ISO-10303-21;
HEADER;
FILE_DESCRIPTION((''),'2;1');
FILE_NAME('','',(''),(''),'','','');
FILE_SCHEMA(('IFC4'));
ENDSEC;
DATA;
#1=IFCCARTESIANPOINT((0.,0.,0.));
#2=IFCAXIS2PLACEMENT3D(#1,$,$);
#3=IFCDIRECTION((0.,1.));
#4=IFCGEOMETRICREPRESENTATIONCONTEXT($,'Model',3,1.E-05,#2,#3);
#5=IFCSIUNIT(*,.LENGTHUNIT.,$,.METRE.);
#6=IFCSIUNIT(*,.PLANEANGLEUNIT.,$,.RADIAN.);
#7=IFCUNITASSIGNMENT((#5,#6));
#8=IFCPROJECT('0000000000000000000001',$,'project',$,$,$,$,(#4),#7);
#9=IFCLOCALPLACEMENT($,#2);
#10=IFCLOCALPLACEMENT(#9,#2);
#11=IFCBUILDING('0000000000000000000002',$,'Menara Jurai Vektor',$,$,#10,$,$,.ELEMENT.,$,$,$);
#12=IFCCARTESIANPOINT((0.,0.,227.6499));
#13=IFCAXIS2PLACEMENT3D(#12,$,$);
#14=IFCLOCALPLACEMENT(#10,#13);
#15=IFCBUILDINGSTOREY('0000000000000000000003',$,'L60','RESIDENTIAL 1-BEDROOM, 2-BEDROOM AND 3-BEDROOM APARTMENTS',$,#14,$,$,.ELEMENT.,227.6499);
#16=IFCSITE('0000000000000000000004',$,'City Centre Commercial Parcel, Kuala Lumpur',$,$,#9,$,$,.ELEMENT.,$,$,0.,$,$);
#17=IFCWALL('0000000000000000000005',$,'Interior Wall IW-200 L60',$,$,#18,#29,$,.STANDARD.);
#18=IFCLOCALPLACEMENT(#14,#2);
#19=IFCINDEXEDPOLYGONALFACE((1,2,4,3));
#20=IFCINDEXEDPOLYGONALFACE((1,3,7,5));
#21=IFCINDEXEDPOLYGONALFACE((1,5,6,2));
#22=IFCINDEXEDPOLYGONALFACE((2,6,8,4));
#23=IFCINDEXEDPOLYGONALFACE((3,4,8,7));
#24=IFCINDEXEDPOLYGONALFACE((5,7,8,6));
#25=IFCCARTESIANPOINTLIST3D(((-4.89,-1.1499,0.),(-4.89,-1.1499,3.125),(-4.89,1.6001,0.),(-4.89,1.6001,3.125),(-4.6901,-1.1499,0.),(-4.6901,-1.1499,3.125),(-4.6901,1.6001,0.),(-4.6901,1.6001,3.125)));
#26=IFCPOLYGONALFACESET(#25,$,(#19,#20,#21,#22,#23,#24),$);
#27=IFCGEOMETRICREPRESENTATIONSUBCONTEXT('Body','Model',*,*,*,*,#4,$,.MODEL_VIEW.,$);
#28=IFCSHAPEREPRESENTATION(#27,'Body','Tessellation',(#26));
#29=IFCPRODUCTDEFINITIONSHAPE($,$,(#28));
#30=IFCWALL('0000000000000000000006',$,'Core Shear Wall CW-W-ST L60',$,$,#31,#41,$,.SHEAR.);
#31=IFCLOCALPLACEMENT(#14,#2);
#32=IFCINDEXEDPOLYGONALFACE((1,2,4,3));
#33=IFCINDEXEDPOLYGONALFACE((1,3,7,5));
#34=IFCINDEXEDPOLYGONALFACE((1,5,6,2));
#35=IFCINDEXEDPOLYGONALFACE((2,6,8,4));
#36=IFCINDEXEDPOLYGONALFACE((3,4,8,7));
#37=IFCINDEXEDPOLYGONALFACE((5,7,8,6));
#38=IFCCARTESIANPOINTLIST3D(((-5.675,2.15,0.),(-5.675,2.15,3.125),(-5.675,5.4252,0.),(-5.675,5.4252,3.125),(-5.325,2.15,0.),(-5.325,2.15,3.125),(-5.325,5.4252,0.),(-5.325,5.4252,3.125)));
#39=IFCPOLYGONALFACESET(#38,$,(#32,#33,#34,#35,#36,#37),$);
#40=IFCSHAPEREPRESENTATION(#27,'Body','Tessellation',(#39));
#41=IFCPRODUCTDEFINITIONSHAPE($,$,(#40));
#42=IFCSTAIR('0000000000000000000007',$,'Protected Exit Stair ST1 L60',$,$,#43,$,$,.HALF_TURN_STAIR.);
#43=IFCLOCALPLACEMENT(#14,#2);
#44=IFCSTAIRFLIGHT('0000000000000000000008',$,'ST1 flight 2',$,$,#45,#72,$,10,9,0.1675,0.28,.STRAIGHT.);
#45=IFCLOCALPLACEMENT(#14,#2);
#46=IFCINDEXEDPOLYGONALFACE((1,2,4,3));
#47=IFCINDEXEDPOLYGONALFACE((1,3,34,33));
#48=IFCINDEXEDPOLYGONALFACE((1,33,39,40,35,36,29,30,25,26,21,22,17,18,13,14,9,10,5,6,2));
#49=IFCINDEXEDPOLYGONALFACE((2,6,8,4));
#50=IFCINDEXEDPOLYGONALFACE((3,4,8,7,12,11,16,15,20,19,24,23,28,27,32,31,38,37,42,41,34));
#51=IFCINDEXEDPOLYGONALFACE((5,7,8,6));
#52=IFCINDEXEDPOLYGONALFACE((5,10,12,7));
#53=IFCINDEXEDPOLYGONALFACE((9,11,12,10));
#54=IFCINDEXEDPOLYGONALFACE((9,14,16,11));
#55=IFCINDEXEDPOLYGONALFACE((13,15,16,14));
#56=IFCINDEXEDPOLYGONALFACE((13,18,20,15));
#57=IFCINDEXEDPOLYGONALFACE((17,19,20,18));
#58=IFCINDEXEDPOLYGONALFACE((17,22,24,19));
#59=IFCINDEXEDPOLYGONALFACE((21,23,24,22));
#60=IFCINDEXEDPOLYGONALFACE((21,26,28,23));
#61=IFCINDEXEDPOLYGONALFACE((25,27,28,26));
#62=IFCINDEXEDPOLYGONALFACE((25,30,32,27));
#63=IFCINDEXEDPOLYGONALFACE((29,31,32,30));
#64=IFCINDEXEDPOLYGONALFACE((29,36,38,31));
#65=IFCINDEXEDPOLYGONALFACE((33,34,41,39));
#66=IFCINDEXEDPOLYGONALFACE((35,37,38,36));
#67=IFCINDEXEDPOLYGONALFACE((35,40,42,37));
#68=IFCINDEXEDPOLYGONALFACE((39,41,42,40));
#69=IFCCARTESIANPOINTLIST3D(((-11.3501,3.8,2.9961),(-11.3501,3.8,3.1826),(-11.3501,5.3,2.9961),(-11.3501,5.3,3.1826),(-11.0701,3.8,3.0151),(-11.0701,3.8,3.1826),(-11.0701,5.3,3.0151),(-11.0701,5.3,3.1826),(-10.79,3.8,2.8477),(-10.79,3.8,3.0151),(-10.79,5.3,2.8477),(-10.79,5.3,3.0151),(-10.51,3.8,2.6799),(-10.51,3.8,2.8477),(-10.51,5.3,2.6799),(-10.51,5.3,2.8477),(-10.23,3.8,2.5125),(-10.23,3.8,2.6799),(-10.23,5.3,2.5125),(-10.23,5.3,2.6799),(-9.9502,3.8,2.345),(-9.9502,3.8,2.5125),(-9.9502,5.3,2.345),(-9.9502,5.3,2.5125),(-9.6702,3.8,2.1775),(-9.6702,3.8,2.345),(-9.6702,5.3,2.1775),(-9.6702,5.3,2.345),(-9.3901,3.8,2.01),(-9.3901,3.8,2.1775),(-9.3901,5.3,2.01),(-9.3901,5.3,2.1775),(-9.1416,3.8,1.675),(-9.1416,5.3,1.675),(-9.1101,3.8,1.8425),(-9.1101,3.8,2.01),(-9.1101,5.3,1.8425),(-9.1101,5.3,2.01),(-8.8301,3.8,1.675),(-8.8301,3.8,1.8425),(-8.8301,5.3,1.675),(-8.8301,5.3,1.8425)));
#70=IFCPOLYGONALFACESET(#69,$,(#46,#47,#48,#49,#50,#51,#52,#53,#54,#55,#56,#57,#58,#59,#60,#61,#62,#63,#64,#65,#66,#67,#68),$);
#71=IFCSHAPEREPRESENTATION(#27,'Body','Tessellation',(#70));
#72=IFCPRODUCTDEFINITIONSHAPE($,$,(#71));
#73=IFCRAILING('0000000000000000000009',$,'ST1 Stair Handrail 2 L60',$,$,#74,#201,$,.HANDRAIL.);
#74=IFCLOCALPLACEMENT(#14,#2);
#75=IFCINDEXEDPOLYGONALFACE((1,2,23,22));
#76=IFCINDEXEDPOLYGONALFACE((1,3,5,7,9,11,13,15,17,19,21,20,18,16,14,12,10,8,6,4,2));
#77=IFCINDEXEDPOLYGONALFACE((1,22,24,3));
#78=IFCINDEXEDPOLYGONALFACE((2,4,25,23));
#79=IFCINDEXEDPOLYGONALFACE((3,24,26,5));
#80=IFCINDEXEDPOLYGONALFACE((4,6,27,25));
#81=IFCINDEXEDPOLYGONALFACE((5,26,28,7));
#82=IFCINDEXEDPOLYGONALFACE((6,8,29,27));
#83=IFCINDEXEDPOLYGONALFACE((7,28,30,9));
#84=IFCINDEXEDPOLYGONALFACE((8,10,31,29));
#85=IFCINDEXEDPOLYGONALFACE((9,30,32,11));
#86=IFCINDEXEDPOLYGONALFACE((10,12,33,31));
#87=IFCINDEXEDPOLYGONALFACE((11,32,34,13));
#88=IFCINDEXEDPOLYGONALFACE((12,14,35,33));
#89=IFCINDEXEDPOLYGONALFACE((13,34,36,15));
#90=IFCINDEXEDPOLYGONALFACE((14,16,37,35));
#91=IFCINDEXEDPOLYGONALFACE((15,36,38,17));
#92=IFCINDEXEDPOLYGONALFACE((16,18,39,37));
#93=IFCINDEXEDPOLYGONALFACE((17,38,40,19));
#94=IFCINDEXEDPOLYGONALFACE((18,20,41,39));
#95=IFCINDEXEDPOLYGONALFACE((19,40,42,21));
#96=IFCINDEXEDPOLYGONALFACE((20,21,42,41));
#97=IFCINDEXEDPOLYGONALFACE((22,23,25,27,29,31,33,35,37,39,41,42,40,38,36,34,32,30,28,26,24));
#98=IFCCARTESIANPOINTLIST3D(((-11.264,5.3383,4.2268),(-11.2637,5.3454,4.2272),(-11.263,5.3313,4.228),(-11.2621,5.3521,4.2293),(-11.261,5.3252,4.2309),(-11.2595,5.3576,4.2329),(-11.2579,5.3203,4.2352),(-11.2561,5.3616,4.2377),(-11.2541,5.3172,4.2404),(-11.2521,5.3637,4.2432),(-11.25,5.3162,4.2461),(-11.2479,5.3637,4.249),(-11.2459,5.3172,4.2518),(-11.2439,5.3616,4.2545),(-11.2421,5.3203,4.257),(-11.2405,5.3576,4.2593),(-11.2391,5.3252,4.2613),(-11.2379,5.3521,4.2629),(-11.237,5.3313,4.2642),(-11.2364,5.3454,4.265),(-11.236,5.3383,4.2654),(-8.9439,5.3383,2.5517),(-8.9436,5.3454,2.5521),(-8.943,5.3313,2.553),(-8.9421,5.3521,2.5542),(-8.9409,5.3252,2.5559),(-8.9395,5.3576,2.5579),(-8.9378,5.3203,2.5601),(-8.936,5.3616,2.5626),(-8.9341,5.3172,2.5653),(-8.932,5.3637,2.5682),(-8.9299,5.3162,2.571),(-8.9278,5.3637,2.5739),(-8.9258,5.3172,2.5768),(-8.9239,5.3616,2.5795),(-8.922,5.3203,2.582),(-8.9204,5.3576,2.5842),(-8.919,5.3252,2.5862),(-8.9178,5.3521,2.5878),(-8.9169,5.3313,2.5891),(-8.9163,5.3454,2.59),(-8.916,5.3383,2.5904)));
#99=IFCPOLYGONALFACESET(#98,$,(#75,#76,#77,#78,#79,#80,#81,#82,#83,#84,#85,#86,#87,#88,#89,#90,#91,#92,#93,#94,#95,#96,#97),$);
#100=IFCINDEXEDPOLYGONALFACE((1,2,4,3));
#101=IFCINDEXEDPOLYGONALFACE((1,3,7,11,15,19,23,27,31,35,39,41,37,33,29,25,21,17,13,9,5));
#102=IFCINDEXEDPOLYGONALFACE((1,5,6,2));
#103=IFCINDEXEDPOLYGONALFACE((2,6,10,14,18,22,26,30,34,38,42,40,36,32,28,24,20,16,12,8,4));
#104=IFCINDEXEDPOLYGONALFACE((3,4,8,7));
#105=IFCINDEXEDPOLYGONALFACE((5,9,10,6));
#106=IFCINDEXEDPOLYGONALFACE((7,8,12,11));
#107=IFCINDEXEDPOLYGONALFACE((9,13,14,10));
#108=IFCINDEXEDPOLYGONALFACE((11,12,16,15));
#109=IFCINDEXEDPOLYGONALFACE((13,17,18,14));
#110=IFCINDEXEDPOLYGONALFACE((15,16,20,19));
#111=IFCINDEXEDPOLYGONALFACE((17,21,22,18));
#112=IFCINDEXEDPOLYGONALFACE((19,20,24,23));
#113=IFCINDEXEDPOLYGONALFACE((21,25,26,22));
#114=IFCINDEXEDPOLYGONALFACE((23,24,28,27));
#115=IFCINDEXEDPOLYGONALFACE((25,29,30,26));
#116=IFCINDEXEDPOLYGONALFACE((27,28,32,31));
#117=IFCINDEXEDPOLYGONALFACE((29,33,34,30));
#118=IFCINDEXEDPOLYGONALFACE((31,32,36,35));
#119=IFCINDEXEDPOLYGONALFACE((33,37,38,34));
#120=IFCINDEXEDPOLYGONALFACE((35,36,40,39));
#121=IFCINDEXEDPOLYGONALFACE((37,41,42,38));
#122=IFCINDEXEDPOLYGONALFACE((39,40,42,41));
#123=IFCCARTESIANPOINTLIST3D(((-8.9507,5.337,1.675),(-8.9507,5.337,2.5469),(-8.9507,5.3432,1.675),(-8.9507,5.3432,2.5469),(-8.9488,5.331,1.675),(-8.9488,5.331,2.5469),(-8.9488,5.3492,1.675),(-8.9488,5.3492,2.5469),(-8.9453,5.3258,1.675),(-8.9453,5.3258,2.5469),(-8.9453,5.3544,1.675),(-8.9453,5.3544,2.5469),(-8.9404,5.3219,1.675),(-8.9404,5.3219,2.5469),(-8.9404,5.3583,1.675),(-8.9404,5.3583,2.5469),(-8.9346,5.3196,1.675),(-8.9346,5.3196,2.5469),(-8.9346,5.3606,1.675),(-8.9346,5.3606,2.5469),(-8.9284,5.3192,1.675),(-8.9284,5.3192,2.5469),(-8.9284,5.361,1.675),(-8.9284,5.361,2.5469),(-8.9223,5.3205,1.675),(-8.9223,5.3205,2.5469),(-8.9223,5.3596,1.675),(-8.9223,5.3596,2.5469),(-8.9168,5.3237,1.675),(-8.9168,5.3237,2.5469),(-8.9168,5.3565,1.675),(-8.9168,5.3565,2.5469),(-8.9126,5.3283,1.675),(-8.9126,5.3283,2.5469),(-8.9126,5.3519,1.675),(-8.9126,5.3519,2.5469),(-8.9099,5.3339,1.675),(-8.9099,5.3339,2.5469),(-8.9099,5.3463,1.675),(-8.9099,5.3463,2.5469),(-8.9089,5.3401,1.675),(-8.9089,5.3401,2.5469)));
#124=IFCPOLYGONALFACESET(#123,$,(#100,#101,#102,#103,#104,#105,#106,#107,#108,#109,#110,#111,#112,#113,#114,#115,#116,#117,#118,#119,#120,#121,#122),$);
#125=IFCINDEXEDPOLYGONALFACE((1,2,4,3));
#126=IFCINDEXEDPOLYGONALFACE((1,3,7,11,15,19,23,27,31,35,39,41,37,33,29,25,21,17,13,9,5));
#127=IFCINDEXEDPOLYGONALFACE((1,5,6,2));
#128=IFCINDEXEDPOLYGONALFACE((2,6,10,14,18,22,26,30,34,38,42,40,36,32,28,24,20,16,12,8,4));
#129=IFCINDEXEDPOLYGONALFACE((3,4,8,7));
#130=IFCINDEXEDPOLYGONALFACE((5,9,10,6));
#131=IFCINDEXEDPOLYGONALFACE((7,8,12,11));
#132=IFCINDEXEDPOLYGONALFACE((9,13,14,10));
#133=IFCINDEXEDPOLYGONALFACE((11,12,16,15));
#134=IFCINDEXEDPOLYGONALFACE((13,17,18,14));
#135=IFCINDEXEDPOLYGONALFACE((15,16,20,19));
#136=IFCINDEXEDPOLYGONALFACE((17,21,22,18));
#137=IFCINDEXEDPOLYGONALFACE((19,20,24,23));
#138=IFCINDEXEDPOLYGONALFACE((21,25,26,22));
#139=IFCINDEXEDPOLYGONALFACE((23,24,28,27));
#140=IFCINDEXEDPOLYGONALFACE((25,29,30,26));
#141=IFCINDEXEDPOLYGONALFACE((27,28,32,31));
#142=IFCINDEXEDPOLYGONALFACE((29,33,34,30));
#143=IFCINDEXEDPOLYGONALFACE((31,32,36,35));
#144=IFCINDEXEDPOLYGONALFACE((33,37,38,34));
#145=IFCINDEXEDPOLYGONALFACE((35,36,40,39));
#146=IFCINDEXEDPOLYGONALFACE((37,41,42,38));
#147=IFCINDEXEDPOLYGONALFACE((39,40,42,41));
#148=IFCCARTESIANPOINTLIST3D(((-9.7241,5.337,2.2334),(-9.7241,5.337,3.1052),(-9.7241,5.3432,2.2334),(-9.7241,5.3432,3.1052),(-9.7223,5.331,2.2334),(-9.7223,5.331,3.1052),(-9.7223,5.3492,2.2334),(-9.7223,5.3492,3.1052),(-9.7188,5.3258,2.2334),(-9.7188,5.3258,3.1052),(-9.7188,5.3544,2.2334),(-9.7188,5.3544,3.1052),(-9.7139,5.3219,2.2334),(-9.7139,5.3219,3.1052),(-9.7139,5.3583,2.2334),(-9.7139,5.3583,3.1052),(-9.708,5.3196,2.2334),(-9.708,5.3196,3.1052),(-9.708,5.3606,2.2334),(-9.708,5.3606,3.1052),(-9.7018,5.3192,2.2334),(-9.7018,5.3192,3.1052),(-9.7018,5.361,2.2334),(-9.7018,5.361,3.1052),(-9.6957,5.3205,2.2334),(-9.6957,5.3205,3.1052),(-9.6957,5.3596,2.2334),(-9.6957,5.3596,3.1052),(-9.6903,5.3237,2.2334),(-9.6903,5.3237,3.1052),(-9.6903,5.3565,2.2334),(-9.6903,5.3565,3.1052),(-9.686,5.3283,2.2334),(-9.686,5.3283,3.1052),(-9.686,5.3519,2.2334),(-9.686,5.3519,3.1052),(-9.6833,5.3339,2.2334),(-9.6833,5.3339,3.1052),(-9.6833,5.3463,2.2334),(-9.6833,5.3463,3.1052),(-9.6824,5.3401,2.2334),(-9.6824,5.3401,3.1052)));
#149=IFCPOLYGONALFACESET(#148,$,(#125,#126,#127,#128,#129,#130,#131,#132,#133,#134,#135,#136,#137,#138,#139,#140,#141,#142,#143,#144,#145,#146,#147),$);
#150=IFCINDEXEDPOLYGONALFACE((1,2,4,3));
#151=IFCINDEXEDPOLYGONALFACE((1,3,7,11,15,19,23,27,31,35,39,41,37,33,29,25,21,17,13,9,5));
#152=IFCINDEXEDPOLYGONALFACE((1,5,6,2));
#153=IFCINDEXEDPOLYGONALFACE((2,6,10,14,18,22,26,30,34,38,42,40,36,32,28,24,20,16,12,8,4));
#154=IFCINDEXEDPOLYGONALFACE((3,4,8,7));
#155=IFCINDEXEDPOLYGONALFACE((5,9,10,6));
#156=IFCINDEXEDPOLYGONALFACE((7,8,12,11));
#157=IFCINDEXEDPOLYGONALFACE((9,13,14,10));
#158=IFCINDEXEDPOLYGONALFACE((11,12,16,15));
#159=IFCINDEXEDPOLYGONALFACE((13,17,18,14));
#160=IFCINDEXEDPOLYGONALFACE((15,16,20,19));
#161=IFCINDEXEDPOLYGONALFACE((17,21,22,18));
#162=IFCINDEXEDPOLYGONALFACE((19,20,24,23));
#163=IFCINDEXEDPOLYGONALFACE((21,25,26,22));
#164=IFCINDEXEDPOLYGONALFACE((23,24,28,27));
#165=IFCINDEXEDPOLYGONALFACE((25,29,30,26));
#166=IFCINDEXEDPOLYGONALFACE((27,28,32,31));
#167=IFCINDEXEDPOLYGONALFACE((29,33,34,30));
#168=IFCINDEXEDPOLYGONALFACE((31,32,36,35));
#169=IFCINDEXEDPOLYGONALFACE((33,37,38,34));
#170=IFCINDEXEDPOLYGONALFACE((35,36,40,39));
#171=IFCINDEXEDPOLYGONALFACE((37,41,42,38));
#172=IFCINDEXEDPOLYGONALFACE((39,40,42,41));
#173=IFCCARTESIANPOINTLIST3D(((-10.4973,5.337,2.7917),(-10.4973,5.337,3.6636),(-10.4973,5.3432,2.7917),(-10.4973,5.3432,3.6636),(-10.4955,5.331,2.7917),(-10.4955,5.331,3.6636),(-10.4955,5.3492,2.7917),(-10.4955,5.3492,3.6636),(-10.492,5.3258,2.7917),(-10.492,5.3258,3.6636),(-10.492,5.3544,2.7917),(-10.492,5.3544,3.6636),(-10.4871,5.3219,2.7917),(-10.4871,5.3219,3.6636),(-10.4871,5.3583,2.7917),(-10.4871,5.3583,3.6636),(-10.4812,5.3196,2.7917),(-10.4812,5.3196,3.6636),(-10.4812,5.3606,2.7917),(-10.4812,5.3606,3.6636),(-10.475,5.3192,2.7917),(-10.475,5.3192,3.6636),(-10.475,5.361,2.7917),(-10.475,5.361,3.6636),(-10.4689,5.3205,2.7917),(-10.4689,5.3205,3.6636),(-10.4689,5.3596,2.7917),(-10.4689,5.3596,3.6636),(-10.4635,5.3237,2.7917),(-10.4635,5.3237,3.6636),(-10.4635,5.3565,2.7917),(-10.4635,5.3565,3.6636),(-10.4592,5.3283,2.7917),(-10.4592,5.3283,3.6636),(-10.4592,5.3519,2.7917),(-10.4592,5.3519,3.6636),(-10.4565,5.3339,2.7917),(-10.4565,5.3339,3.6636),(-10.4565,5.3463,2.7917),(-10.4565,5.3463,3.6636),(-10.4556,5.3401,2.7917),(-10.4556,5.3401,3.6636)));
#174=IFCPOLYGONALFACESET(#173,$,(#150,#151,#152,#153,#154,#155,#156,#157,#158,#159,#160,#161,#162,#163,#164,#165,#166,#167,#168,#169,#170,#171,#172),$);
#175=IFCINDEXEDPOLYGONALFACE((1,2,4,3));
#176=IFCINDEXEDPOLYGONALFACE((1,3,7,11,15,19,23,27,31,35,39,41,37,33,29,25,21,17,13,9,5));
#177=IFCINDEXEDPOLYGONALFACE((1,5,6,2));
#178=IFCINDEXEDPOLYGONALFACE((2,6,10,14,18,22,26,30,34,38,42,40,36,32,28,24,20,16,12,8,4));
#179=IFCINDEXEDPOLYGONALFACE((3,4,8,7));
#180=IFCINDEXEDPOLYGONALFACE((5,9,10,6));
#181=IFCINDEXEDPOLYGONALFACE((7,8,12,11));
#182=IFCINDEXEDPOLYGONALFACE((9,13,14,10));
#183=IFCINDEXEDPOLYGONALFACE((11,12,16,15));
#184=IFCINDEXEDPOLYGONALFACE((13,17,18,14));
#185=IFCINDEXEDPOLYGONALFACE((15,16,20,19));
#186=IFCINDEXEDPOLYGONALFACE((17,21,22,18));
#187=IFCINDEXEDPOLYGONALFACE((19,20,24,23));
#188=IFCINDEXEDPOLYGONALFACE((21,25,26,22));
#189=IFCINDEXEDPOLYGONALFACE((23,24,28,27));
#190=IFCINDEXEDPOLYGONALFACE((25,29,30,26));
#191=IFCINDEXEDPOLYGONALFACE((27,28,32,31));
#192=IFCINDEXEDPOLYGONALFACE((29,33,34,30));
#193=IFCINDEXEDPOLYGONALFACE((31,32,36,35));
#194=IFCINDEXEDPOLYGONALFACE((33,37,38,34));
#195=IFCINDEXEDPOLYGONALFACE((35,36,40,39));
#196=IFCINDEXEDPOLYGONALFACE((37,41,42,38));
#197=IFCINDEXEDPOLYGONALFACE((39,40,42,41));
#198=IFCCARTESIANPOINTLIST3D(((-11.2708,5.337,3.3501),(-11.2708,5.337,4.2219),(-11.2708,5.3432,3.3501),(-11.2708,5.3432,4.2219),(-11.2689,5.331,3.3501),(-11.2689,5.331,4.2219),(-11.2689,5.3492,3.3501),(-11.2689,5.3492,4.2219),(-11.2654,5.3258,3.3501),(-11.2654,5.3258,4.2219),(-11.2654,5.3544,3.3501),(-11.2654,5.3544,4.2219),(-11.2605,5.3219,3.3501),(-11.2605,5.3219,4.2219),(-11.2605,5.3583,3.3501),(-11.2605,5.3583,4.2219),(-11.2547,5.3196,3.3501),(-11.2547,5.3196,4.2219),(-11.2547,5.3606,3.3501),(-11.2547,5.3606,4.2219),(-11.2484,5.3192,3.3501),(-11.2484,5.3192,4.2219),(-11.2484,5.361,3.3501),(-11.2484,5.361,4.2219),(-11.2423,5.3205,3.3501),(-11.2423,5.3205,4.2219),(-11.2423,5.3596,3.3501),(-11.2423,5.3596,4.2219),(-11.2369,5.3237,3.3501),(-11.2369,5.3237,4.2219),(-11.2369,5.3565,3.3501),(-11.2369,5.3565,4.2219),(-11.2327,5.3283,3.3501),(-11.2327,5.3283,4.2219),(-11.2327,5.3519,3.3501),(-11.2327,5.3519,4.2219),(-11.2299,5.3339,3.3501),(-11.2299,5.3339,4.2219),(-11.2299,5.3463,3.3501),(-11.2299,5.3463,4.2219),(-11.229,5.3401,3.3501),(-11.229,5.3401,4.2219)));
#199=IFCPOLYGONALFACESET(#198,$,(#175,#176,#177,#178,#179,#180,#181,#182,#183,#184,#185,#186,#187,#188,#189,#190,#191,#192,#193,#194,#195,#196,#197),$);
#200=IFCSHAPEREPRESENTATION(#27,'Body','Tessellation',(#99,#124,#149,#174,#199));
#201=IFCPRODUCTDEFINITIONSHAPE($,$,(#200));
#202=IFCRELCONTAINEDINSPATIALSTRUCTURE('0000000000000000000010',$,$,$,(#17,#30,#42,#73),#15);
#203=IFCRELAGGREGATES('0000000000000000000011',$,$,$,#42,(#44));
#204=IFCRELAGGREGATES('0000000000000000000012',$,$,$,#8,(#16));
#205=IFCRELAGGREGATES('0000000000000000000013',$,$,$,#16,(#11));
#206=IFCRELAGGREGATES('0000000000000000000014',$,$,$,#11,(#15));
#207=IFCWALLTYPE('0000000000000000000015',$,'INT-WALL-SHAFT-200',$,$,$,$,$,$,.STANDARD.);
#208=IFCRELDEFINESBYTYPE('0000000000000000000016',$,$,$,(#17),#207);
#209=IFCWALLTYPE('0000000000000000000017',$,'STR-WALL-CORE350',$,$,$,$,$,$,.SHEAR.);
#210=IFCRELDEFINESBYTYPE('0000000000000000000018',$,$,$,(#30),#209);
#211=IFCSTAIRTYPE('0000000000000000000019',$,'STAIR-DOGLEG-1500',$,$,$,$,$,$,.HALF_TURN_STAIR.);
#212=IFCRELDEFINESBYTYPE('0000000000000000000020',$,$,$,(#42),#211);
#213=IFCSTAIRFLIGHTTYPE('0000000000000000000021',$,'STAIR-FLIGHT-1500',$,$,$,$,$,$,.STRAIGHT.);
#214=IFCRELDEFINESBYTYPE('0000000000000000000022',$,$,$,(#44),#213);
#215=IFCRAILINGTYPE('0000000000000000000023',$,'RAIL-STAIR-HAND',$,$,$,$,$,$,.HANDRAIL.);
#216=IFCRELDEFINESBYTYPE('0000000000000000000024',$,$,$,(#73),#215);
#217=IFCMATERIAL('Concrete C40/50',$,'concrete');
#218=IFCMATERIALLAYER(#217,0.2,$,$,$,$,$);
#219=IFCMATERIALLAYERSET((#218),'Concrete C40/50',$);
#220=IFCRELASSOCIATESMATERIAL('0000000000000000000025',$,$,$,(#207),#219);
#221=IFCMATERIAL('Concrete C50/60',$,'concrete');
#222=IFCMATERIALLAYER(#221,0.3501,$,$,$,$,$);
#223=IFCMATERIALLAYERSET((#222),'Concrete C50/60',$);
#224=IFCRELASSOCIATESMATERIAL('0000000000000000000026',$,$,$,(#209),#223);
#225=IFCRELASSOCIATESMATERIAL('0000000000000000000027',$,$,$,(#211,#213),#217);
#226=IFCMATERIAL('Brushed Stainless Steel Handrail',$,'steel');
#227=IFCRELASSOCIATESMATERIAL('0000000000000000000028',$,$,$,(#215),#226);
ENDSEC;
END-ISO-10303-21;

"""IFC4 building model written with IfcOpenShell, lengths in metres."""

from ifc_helpers import new_model, si_unit, direction, frame, frame_2d, origin, origin_2d, place, context, subcontext, project, spatial, polyline, rectangle, circle, outline, extrude, material, layer, layer_set, type_object, element, aggregate, save


model = new_model("IFC4")

# Units and contexts
model_context = context("Model", 3, precision=1e-05, world=origin(), true_north=direction((0.0, 1.0)))
body_context = subcontext(model_context, "Body", "Model", "MODEL_VIEW")
ifc_project = project(units=[si_unit("LENGTHUNIT", "METRE"), si_unit("PLANEANGLEUNIT", "RADIAN")], contexts=[model_context])

# Site, building, storey
site_placement = place(None, origin())
site = spatial("IfcSite", under=ifc_project, at=site_placement, Name="City Centre Commercial Parcel, Kuala Lumpur", CompositionType="ELEMENT", RefElevation=0.0)
building_placement = place(site_placement, origin())
building = spatial("IfcBuilding", under=site, at=building_placement, Name="Menara Jurai Vektor", CompositionType="ELEMENT")
storey_placement = place(building_placement, frame((0.0, 0.0, 227.6499)))
storey = spatial("IfcBuildingStorey", under=building, at=storey_placement, Name="L60", Description="RESIDENTIAL 1-BEDROOM, 2-BEDROOM AND 3-BEDROOM APARTMENTS", CompositionType="ELEMENT", Elevation=227.6499)

# Shared definitions
ifc_material_1 = material(Name="Concrete C50/60", Category="concrete")

# Shared definitions
ifc_material_2 = material(Name="Concrete C40/50", Category="concrete")

# Shared definitions
ifc_layer_1 = layer(ifc_material_2, 0.2)
ifc_layer_set_1 = layer_set([ifc_layer_1], Name="Concrete C40/50")
wall_type_1 = type_object("IfcWallType", Name="INT-WALL-SHAFT-200", PredefinedType="STANDARD", material=ifc_layer_set_1)

# Wall
wall_1_placement = place(storey_placement, frame((-4.79, -1.1499, 0.0), z_axis=(0.0, 0.0, 1.0), x_axis=(0.0, 1.0, 0.0)))
element("IfcWall", 1, at=wall_1_placement, inside=storey, type_object=wall_type_1, Name="Interior Wall IW-200 L60", PredefinedType="STANDARD", context=body_context, shape_type="SweptSolid", body=[
    extrude(rectangle(XDim=2.75, YDim=0.2, at=frame_2d((1.375, 0.0))), origin(), (0.0, 0.0, 1.0), 3.125),
])

# Wall
ifc_layer_2 = layer(ifc_material_1, 0.3501)
ifc_layer_set_2 = layer_set([ifc_layer_2], Name="Concrete C50/60")
wall_type_2 = type_object("IfcWallType", Name="STR-WALL-CORE350", PredefinedType="SHEAR", material=ifc_layer_set_2)
wall_2_placement = place(storey_placement, frame((-5.5, 2.1499, 0.0), z_axis=(0.0, 0.0, 1.0), x_axis=(0.0, 1.0, 0.0)))
element("IfcWall", 2, at=wall_2_placement, inside=storey, type_object=wall_type_2, Name="Core Shear Wall CW-W-ST L60", PredefinedType="SHEAR", context=body_context, shape_type="SweptSolid", body=[
    extrude(rectangle(XDim=3.2751, YDim=0.3501, at=frame_2d((1.6377, 0.0))), origin(), (0.0, 0.0, 1.0), 3.125),
])

# Stair, stair flight
stair_type = type_object("IfcStairType", Name="STAIR-DOGLEG-1500", PredefinedType="HALF_TURN_STAIR", material=ifc_material_2)
stair_placement = place(storey_placement, origin())
stair = element("IfcStair", 3, at=stair_placement, inside=storey, type_object=stair_type, Name="Protected Exit Stair ST1 L60", PredefinedType="HALF_TURN_STAIR")
stair_flight_type = type_object("IfcStairFlightType", Name="STAIR-FLIGHT-1500", PredefinedType="STRAIGHT", material=ifc_material_2)
stair_flight_placement = place(storey_placement, frame((-8.8301, 4.55, 1.675), z_axis=(0.0, 0.0, 1.0), x_axis=(-1.0, 0.0, 0.0)))
stair_flight = element("IfcStairFlight", 4, at=stair_flight_placement, type_object=stair_flight_type, Name="ST1 flight 2", NumberOfRisers=10, NumberOfTreads=9, PredefinedType="STRAIGHT", RiserHeight=0.1675, TreadLength=0.28, context=body_context, shape_type="SweptSolid", body=[
    extrude(outline(polyline([(0.0, 0.0), (0.0, 0.1675), (0.28, 0.1675), (0.28, 0.335), (0.5601, 0.335), (0.5601, 0.5024), (0.8401, 0.5024), (0.8401, 0.6699), (1.1201, 0.6699), (1.1201, 0.8374), (1.3999, 0.8374), (1.3999, 1.0049), (1.6799, 1.0049), (1.6799, 1.1726), (1.96, 1.1726), (1.96, 1.3401), (2.24, 1.3401), (2.24, 1.5076), (2.52, 1.5076), (2.52, 1.675), (2.52, 1.321), (0.3115, 0.0), (0.0, 0.0)])), frame((0.0, 0.75, 0.0), z_axis=(0.0, -1.0, 0.0), x_axis=(1.0, 0.0, 0.0)), (0.0, 0.0, 1.0), 1.5),
])
aggregate(stair, [stair_flight])

# Railing
ifc_material_3 = material(Name="Brushed Stainless Steel Handrail", Category="steel")
railing_type = type_object("IfcRailingType", Name="RAIL-STAIR-HAND", PredefinedType="HANDRAIL", material=ifc_material_3)
railing_placement = place(storey_placement, frame((-8.9299, 5.3401, 1.675)))
element("IfcRailing", 5, at=railing_placement, inside=storey, type_object=railing_type, Name="ST1 Stair Handrail 2 L60", PredefinedType="HANDRAIL", context=body_context, shape_type="SweptSolid", body=[
    extrude(circle(Radius=0.0239, at=origin_2d()), frame((0.0, 0.0, 0.896), z_axis=(-0.810771, 0.0, 0.585363), x_axis=(0.0, -1.0, 0.0)), (0.0, 0.0, 1.0), 2.8616),
    extrude(circle(Radius=0.021, at=origin_2d()), origin(), (0.0, 0.0, 1.0), 0.8718),
    extrude(circle(Radius=0.021, at=origin_2d()), frame((-0.7734, 0.0, 0.5583)), (0.0, 0.0, 1.0), 0.8718),
    extrude(circle(Radius=0.021, at=origin_2d()), frame((-1.5466, 0.0, 1.1167)), (0.0, 0.0, 1.0), 0.8718),
    extrude(circle(Radius=0.021, at=origin_2d()), frame((-2.3201, 0.0, 1.675)), (0.0, 0.0, 1.0), 0.8718),
])

save(model, "model.ifc")
